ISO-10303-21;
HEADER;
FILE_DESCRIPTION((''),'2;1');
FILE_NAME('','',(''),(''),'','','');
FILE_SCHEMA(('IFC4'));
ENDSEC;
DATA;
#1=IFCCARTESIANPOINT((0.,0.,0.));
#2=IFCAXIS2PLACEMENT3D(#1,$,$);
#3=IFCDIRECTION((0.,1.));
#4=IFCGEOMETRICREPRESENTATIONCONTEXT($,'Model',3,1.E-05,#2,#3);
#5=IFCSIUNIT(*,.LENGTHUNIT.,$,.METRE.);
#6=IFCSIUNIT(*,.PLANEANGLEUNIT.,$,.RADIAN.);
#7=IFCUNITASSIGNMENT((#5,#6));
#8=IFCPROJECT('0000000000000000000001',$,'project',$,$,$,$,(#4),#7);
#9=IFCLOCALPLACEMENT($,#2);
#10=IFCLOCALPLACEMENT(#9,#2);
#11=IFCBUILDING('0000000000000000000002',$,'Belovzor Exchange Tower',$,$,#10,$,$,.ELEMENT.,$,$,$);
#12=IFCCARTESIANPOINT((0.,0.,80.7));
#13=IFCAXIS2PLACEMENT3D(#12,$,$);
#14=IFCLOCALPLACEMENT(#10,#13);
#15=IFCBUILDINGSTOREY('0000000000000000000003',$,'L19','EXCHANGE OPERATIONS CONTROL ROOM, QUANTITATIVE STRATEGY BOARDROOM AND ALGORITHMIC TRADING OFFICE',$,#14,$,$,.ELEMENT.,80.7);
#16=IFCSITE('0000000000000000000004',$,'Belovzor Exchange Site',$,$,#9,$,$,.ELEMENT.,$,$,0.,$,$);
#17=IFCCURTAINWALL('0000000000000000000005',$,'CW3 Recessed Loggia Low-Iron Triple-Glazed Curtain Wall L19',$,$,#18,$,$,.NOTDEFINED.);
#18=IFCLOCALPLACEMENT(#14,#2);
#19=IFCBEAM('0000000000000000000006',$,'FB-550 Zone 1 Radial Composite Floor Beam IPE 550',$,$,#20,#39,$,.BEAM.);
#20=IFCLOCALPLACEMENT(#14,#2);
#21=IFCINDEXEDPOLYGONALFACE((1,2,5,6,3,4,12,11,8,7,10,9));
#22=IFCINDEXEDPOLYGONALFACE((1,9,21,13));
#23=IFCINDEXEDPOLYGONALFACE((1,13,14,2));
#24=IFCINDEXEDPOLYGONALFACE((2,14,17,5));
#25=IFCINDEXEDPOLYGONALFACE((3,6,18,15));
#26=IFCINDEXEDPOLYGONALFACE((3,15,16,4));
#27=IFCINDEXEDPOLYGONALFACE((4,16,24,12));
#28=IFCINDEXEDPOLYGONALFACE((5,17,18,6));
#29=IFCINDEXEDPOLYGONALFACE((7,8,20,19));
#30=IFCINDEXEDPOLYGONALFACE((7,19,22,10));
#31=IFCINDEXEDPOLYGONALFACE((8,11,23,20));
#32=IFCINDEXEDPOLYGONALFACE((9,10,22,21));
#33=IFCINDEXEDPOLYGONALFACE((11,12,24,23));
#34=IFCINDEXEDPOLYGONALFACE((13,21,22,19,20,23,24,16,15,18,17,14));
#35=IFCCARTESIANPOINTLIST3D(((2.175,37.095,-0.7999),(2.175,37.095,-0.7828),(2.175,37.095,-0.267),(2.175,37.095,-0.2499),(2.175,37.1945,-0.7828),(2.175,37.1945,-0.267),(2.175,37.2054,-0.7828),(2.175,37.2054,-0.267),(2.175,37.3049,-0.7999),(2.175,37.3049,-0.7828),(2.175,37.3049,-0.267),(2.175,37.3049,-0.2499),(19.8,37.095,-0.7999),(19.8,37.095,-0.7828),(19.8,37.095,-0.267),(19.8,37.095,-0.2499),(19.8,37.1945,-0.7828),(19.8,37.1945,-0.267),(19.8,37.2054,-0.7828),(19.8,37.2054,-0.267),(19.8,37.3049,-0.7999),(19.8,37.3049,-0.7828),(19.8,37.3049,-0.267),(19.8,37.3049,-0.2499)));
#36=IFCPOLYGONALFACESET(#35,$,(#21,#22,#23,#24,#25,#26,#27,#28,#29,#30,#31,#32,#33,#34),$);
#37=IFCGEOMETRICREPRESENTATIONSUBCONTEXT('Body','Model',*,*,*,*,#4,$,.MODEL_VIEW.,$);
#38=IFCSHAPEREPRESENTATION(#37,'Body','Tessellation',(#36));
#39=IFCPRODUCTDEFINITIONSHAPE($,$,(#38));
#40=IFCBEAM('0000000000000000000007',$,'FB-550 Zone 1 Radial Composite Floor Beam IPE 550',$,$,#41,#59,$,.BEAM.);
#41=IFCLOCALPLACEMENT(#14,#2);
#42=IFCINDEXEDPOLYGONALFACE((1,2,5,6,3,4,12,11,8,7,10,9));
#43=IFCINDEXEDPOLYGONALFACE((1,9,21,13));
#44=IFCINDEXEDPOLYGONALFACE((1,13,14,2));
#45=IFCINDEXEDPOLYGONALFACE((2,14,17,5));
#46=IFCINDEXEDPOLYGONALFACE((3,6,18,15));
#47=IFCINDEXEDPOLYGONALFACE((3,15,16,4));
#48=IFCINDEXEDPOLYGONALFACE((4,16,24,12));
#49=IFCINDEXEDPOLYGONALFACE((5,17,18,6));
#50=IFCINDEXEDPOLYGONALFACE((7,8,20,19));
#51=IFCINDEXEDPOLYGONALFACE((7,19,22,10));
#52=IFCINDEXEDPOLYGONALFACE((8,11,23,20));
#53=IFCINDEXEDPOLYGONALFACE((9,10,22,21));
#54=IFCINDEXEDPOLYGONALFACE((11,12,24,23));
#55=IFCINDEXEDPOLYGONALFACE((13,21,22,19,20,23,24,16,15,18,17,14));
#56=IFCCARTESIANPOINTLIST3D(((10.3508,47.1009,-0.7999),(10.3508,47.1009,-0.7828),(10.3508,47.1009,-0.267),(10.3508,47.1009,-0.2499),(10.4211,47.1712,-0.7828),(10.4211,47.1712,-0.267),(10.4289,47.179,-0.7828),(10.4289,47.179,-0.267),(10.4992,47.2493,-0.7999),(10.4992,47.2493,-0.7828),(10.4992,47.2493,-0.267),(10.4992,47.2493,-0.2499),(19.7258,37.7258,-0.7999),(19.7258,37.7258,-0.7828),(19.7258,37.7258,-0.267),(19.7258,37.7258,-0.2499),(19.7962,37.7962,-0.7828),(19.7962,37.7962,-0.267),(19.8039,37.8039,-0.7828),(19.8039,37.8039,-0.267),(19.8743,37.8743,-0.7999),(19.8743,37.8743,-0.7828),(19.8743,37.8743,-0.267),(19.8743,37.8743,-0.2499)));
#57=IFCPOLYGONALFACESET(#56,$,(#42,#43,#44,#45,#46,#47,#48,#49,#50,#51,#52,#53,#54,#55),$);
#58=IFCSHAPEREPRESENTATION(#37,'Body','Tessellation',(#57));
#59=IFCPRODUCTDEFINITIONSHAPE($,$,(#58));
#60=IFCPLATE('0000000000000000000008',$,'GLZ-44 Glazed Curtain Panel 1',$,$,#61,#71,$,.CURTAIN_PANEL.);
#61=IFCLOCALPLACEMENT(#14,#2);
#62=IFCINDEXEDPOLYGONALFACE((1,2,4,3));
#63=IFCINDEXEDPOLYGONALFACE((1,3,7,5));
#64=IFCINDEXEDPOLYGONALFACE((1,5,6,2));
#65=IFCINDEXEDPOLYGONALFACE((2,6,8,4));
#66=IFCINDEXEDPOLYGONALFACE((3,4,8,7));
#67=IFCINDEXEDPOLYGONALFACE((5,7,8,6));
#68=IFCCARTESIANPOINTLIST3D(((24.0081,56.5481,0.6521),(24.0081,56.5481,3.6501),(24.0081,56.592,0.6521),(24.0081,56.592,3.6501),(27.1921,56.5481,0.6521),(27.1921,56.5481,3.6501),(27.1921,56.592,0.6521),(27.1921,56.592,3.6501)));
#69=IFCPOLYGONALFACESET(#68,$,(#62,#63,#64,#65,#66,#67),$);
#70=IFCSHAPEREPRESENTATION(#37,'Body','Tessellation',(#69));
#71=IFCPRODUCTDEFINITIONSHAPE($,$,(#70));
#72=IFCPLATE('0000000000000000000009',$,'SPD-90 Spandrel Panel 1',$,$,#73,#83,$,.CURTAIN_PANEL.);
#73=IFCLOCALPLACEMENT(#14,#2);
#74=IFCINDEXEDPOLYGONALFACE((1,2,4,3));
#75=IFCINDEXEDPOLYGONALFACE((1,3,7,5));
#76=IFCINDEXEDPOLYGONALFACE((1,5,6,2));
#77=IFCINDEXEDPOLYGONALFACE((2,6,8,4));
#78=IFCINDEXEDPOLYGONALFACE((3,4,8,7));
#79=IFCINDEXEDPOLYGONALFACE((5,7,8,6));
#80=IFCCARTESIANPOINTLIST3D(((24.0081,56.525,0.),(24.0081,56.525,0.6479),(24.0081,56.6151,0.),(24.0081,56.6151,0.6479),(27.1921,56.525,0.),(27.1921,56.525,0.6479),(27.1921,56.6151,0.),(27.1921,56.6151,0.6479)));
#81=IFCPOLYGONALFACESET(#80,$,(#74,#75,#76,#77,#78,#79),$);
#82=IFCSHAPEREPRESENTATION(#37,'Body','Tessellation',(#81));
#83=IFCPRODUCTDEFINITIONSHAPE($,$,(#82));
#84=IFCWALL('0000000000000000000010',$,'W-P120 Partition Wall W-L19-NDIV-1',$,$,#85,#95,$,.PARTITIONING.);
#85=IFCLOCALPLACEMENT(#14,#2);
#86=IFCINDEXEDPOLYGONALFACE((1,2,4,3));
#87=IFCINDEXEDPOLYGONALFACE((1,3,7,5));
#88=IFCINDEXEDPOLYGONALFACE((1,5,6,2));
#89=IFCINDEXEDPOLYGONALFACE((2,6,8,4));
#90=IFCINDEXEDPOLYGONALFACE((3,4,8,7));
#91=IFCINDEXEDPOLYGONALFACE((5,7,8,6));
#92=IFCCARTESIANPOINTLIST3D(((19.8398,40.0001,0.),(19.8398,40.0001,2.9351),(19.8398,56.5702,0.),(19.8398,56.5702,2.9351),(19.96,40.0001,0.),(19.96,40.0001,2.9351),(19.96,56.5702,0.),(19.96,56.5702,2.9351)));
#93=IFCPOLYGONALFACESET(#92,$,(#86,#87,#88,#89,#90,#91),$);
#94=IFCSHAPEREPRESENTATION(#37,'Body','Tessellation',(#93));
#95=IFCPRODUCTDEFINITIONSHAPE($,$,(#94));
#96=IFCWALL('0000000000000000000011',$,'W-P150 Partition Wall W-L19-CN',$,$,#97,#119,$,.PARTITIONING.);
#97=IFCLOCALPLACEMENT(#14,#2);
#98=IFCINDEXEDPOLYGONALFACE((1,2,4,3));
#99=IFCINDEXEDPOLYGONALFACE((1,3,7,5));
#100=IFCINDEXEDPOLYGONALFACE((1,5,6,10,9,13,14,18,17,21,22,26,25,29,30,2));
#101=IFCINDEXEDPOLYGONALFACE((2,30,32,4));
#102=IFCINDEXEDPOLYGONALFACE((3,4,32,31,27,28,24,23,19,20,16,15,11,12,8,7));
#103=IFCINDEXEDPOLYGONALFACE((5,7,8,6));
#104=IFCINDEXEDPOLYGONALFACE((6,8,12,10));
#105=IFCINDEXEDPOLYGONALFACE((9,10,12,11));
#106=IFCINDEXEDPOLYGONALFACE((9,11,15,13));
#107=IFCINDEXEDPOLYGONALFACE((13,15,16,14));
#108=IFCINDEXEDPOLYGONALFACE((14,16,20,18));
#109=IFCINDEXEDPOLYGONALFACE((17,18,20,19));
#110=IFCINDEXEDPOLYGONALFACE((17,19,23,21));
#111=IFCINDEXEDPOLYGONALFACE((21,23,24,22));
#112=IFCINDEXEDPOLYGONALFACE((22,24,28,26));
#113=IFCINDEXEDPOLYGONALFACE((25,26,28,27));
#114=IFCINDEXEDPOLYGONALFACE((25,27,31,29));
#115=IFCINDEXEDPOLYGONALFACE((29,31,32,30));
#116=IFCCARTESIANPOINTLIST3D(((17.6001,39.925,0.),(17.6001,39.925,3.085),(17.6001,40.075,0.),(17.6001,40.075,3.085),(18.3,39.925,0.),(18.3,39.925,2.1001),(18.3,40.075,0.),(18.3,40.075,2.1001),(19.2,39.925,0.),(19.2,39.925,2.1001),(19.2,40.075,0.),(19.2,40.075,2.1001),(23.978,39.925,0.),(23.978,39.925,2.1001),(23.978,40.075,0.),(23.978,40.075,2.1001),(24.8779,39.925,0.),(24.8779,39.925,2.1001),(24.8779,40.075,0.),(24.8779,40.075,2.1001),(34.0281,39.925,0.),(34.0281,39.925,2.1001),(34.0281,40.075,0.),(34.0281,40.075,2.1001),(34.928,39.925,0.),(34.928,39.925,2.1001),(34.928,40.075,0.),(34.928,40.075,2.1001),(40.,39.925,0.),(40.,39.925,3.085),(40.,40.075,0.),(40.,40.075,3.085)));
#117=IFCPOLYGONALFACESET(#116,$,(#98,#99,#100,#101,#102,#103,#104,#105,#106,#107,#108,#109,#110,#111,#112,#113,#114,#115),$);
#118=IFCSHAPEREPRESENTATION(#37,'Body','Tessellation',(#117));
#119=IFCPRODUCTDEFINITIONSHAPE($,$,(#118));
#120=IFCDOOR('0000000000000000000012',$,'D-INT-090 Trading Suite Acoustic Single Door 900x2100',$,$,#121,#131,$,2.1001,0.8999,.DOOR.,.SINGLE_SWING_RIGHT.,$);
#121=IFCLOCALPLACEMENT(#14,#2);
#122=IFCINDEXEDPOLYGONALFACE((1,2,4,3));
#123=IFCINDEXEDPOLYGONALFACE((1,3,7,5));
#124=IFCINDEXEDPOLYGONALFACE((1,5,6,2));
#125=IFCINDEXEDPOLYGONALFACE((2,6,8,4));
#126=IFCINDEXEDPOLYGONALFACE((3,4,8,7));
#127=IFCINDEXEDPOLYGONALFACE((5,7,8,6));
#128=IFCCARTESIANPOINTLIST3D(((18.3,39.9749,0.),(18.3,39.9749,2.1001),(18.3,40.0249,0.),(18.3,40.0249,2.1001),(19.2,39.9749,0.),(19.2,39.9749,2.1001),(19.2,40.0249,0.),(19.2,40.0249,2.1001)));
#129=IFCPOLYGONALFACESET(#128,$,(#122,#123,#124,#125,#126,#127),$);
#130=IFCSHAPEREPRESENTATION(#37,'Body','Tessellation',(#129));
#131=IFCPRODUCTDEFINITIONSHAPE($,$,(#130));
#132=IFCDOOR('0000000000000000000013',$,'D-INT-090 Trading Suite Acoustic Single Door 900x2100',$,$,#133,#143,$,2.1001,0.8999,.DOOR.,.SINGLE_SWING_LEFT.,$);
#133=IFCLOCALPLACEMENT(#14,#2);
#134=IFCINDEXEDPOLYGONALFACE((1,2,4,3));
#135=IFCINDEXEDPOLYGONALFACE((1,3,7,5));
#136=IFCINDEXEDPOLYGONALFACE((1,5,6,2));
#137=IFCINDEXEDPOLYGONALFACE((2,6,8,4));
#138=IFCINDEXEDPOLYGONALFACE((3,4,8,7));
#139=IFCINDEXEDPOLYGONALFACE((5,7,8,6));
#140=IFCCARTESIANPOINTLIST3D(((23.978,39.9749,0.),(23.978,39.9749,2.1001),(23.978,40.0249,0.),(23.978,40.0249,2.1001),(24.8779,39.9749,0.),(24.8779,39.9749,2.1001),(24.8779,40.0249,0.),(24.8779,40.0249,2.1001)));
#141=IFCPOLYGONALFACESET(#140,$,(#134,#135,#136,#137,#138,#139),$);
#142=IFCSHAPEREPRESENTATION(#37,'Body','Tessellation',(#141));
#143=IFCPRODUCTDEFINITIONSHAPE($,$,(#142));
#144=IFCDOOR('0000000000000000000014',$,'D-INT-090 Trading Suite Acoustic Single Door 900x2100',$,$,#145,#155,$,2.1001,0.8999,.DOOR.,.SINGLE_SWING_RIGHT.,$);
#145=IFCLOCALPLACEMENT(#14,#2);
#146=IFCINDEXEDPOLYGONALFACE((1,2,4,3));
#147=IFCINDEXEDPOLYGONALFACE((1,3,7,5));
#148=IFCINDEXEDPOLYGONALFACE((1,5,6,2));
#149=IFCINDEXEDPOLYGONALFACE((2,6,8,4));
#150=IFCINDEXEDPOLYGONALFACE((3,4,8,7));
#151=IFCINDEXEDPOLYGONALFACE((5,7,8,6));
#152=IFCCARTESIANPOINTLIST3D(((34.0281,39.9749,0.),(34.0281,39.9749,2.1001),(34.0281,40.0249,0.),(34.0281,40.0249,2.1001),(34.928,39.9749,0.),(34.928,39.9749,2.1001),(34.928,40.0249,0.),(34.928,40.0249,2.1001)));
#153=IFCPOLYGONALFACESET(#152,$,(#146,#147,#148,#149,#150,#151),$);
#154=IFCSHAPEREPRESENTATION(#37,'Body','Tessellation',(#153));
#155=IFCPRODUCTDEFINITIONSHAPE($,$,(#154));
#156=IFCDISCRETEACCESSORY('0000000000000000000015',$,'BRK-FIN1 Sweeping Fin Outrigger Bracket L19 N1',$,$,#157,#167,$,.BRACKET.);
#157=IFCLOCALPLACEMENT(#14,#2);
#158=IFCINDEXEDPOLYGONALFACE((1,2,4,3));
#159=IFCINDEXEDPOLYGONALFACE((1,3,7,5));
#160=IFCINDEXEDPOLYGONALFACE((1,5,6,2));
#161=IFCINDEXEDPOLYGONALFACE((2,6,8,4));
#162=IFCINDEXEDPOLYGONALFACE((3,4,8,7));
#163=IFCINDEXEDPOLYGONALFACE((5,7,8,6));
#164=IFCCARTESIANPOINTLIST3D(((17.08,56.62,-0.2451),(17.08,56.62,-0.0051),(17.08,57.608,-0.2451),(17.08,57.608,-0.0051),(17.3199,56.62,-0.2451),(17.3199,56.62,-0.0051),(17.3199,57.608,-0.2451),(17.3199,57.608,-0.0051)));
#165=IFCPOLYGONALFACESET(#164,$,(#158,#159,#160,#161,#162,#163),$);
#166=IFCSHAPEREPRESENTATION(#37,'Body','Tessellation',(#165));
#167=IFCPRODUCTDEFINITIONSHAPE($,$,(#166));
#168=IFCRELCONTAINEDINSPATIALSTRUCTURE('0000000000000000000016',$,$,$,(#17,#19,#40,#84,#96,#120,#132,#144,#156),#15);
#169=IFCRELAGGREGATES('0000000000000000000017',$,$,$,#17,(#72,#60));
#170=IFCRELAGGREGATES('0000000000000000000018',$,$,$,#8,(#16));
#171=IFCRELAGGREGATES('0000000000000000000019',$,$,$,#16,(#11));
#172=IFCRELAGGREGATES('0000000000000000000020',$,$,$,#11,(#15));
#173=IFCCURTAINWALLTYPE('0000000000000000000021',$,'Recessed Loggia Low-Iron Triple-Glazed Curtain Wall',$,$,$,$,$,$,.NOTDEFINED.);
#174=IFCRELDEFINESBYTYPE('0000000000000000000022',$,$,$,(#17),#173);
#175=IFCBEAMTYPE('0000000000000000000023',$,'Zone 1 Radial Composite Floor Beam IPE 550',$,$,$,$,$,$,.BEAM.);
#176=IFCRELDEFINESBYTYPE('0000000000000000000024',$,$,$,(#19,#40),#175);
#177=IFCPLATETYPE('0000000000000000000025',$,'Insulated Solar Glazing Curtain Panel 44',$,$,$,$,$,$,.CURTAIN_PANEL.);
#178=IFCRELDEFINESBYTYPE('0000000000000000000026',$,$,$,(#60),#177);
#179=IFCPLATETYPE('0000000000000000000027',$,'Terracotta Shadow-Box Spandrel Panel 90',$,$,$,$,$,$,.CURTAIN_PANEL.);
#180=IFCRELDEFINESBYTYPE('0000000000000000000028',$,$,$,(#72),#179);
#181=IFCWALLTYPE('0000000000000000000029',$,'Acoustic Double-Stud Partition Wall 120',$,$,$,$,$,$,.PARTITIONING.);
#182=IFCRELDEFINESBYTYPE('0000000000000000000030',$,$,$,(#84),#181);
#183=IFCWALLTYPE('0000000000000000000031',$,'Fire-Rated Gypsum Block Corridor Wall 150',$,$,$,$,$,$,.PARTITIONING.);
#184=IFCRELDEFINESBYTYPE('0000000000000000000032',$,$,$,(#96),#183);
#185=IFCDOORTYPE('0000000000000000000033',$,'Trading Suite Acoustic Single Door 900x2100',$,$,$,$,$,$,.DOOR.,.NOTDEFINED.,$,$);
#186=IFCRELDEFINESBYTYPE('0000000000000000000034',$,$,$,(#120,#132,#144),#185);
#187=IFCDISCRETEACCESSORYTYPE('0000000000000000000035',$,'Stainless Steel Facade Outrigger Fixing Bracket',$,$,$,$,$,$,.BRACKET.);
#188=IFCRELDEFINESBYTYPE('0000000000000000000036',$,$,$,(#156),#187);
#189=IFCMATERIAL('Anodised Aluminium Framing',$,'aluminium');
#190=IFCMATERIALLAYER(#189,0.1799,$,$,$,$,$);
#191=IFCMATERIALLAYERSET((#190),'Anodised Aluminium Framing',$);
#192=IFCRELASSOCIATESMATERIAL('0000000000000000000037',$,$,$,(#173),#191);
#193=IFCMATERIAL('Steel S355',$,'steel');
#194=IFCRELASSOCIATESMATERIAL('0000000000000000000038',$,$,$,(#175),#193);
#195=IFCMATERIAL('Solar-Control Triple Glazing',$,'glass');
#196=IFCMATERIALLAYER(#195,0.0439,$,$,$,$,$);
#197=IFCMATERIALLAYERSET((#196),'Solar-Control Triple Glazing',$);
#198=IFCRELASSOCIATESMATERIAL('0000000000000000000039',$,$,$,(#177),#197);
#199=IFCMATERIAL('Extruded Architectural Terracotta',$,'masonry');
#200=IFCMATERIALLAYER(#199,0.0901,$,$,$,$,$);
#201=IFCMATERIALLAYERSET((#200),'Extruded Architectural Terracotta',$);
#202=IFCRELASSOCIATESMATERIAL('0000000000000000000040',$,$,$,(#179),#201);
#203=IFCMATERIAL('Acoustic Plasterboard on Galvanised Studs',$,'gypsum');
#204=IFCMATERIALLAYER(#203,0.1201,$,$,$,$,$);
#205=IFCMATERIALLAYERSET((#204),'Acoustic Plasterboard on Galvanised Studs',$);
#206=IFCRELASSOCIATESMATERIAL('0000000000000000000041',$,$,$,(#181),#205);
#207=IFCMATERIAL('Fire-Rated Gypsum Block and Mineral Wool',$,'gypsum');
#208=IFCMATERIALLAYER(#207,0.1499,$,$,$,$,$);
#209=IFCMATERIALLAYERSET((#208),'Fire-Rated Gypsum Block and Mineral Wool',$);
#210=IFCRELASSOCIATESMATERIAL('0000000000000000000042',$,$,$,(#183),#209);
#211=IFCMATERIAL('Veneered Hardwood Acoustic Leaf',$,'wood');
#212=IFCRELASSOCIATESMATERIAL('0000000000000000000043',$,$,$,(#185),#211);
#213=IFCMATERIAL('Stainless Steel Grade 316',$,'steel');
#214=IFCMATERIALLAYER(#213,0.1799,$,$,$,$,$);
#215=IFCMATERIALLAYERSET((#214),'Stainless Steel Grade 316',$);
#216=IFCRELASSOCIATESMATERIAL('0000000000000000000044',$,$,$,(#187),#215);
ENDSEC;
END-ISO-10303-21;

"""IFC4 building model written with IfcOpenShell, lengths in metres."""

from ifc_helpers import new_model, si_unit, direction, frame, frame_2d, origin, origin_2d, place, context, subcontext, project, spatial, rectangle, i_section, extrude, material, layer, layer_set, material_profile, profile_set, type_object, element, fill, aggregate, save


model = new_model("IFC4")

# Units and contexts
model_context = context("Model", 3, precision=1e-05, world=origin(), true_north=direction((0.0, 1.0)))
body_context = subcontext(model_context, "Body", "Model", "MODEL_VIEW")
ifc_project = project(units=[si_unit("LENGTHUNIT", "METRE"), si_unit("PLANEANGLEUNIT", "RADIAN")], contexts=[model_context])

# Site, building, storey
site_placement = place(None, origin())
site = spatial("IfcSite", under=ifc_project, at=site_placement, Name="Belovzor Exchange Site", CompositionType="ELEMENT", RefElevation=0.0)
building_placement = place(site_placement, origin())
building = spatial("IfcBuilding", under=site, at=building_placement, Name="Belovzor Exchange Tower", CompositionType="ELEMENT")
storey_placement = place(building_placement, frame((0.0, 0.0, 80.7)))
storey = spatial("IfcBuildingStorey", under=building, at=storey_placement, Name="L19", Description="EXCHANGE OPERATIONS CONTROL ROOM, QUANTITATIVE STRATEGY BOARDROOM AND ALGORITHMIC TRADING OFFICE", CompositionType="ELEMENT", Elevation=80.7)

# Curtain wall
ifc_material_1 = material(Name="Anodised Aluminium Framing", Category="aluminium")
ifc_layer_1 = layer(ifc_material_1, 0.1799)
ifc_layer_set_1 = layer_set([ifc_layer_1], Name="Anodised Aluminium Framing")
curtain_wall_type = type_object("IfcCurtainWallType", Name="Recessed Loggia Low-Iron Triple-Glazed Curtain Wall", PredefinedType="NOTDEFINED", material=ifc_layer_set_1)
curtain_wall_placement = place(storey_placement, origin())
curtain_wall = element("IfcCurtainWall", 1, at=curtain_wall_placement, inside=storey, type_object=curtain_wall_type, Name="CW3 Recessed Loggia Low-Iron Triple-Glazed Curtain Wall L19", PredefinedType="NOTDEFINED")

# Beams
ifc_material_2 = material(Name="Steel S355", Category="steel")
ifc_material_profile_1 = material_profile(ifc_material_2, i_section(OverallWidth=0.21, OverallDepth=0.55, WebThickness=0.011, FlangeThickness=0.0171, at=origin_2d()))
ifc_profile_set_1 = profile_set([ifc_material_profile_1], Name="Steel S355")
beam_type_1 = type_object("IfcBeamType", Name="Zone 1 Radial Composite Floor Beam IPE 550", PredefinedType="BEAM", material=ifc_profile_set_1)
for number, where, z_axis, x_axis, name in (
    (2, (19.8, 37.2, -0.5249), (-1.0, 0.0, 0.0), (0.0, -1.0, 0.0), "FB-550 Zone 1 Radial Composite Floor Beam IPE 550"),
):
    element("IfcBeam", number, at=place(storey_placement, frame(where, z_axis=z_axis, x_axis=x_axis)), inside=storey, type_object=beam_type_1, Name=name, PredefinedType="BEAM", context=body_context, shape_type="SweptSolid", body=[
        extrude(i_section(OverallWidth=0.21, OverallDepth=0.55, WebThickness=0.011, FlangeThickness=0.0171, at=origin_2d()), origin(), (0.0, 0.0, 1.0), 17.625),
    ])
beam_1_placement = place(storey_placement, frame((19.8, 37.8, -0.5249), z_axis=(-0.707107, 0.707107, 0.0), x_axis=(-0.707107, -0.707107, 0.0)))
element("IfcBeam", 3, at=beam_1_placement, inside=storey, type_object=beam_type_1, Name="FB-550 Zone 1 Radial Composite Floor Beam IPE 550", PredefinedType="BEAM", context=body_context, shape_type="SweptSolid", body=[
    extrude(i_section(OverallWidth=0.21, OverallDepth=0.55, WebThickness=0.011, FlangeThickness=0.0171, at=origin_2d()), origin(), (0.0, 0.0, 1.0), 13.2583),
])

# Plates
ifc_material_3 = material(Name="Solar-Control Triple Glazing", Category="glass")
ifc_layer_2 = layer(ifc_material_3, 0.0439)
ifc_layer_set_2 = layer_set([ifc_layer_2], Name="Solar-Control Triple Glazing")
plate_type_1 = type_object("IfcPlateType", Name="Insulated Solar Glazing Curtain Panel 44", PredefinedType="CURTAIN_PANEL", material=ifc_layer_set_2)
plate_1_placement = place(storey_placement, frame((25.6001, 56.5701, 0.6521), z_axis=(0.0, 0.0, 1.0), x_axis=(1.0, 0.0, 0.0)))
plate_1 = element("IfcPlate", 4, at=plate_1_placement, type_object=plate_type_1, Name="GLZ-44 Glazed Curtain Panel 1", PredefinedType="CURTAIN_PANEL", context=body_context, shape_type="SweptSolid", body=[
    extrude(rectangle(XDim=3.1841, YDim=0.0439, at=origin_2d()), origin(), (0.0, 0.0, 1.0), 2.998),
])
ifc_material_4 = material(Name="Extruded Architectural Terracotta", Category="masonry")
ifc_layer_3 = layer(ifc_material_4, 0.0901)
ifc_layer_set_3 = layer_set([ifc_layer_3], Name="Extruded Architectural Terracotta")
plate_type_2 = type_object("IfcPlateType", Name="Terracotta Shadow-Box Spandrel Panel 90", PredefinedType="CURTAIN_PANEL", material=ifc_layer_set_3)
plate_2_placement = place(storey_placement, frame((25.6001, 56.5701, 0.0), z_axis=(0.0, 0.0, 1.0), x_axis=(1.0, 0.0, 0.0)))
plate_2 = element("IfcPlate", 5, at=plate_2_placement, type_object=plate_type_2, Name="SPD-90 Spandrel Panel 1", PredefinedType="CURTAIN_PANEL", context=body_context, shape_type="SweptSolid", body=[
    extrude(rectangle(XDim=3.1841, YDim=0.0901, at=origin_2d()), origin(), (0.0, 0.0, 1.0), 0.6479),
])
aggregate(curtain_wall, [plate_2, plate_1])

# Wall
ifc_material_5 = material(Name="Acoustic Plasterboard on Galvanised Studs", Category="gypsum")
ifc_layer_4 = layer(ifc_material_5, 0.1201)
ifc_layer_set_4 = layer_set([ifc_layer_4], Name="Acoustic Plasterboard on Galvanised Studs")
wall_type_1 = type_object("IfcWallType", Name="Acoustic Double-Stud Partition Wall 120", PredefinedType="PARTITIONING", material=ifc_layer_set_4)
wall_1_placement = place(storey_placement, frame((19.8999, 40.0, 0.0), z_axis=(0.0, 0.0, 1.0), x_axis=(0.0, 1.0, 0.0)))
element("IfcWall", 6, at=wall_1_placement, inside=storey, type_object=wall_type_1, Name="W-P120 Partition Wall W-L19-NDIV-1", PredefinedType="PARTITIONING", context=body_context, shape_type="SweptSolid", body=[
    extrude(rectangle(XDim=16.5701, YDim=0.1201, at=frame_2d((8.2852, 0.0))), origin(), (0.0, 0.0, 1.0), 2.9351),
])

# Wall, openings, doors
ifc_material_6 = material(Name="Fire-Rated Gypsum Block and Mineral Wool", Category="gypsum")
ifc_layer_5 = layer(ifc_material_6, 0.1499)
ifc_layer_set_5 = layer_set([ifc_layer_5], Name="Fire-Rated Gypsum Block and Mineral Wool")
wall_type_2 = type_object("IfcWallType", Name="Fire-Rated Gypsum Block Corridor Wall 150", PredefinedType="PARTITIONING", material=ifc_layer_set_5)
wall_2_placement = place(storey_placement, frame((17.6001, 40.0, 0.0), z_axis=(0.0, 0.0, 1.0), x_axis=(1.0, 0.0, 0.0)))
wall_2 = element("IfcWall", 7, at=wall_2_placement, inside=storey, type_object=wall_type_2, Name="W-P150 Partition Wall W-L19-CN", PredefinedType="PARTITIONING", context=body_context, shape_type="SweptSolid", body=[
    extrude(rectangle(XDim=22.3999, YDim=0.1499, at=frame_2d((11.2, 0.0))), origin(), (0.0, 0.0, 1.0), 3.085),
])
opening_1_placement = place(wall_2_placement, frame((0.7, 0.0, 0.0)))
opening_1 = element("IfcOpeningElement", 8, at=opening_1_placement, cuts=wall_2, PredefinedType="OPENING", context=body_context, shape_type="SweptSolid", body=[
    extrude(rectangle(XDim=0.8999, YDim=2.1001, at=frame_2d((0.45, 1.05))), frame((0.0, 0.085, 0.0), z_axis=(0.0, -1.0, 0.0), x_axis=(1.0, 0.0, 0.0)), (0.0, 0.0, 1.0), 0.1699),
])
opening_2_placement = place(wall_2_placement, frame((6.3779, 0.0, 0.0)))
opening_2 = element("IfcOpeningElement", 9, at=opening_2_placement, cuts=wall_2, PredefinedType="OPENING", context=body_context, shape_type="SweptSolid", body=[
    extrude(rectangle(XDim=0.8999, YDim=2.1001, at=frame_2d((0.45, 1.05))), frame((0.0, 0.085, 0.0), z_axis=(0.0, -1.0, 0.0), x_axis=(1.0, 0.0, 0.0)), (0.0, 0.0, 1.0), 0.1699),
])
opening_3_placement = place(wall_2_placement, frame((16.428, 0.0, 0.0)))
opening_3 = element("IfcOpeningElement", 10, at=opening_3_placement, cuts=wall_2, PredefinedType="OPENING", context=body_context, shape_type="SweptSolid", body=[
    extrude(rectangle(XDim=0.8999, YDim=2.1001, at=frame_2d((0.45, 1.05))), frame((0.0, 0.085, 0.0), z_axis=(0.0, -1.0, 0.0), x_axis=(1.0, 0.0, 0.0)), (0.0, 0.0, 1.0), 0.1699),
])
ifc_material_7 = material(Name="Veneered Hardwood Acoustic Leaf", Category="wood")
door_type_1 = type_object("IfcDoorType", Name="Trading Suite Acoustic Single Door 900x2100", OperationType="NOTDEFINED", PredefinedType="DOOR", material=ifc_material_7)
door_1_placement = place(opening_1_placement, origin())
door_1 = element("IfcDoor", 11, at=door_1_placement, inside=storey, type_object=door_type_1, Name="D-INT-090 Trading Suite Acoustic Single Door 900x2100", OperationType="SINGLE_SWING_RIGHT", OverallHeight=2.1001, OverallWidth=0.8999, PredefinedType="DOOR", context=body_context, shape_type="SweptSolid", body=[
    extrude(rectangle(XDim=0.8999, YDim=2.1001, at=frame_2d((0.45, 1.05))), frame((0.0, 0.0249, 0.0), z_axis=(0.0, -1.0, 0.0), x_axis=(1.0, 0.0, 0.0)), (0.0, 0.0, 1.0), 0.05),
])
fill(opening_1, door_1)
door_2_placement = place(opening_2_placement, origin())
door_2 = element("IfcDoor", 12, at=door_2_placement, inside=storey, type_object=door_type_1, Name="D-INT-090 Trading Suite Acoustic Single Door 900x2100", OperationType="SINGLE_SWING_LEFT", OverallHeight=2.1001, OverallWidth=0.8999, PredefinedType="DOOR", context=body_context, shape_type="SweptSolid", body=[
    extrude(rectangle(XDim=0.8999, YDim=2.1001, at=frame_2d((0.45, 1.05))), frame((0.0, 0.0249, 0.0), z_axis=(0.0, -1.0, 0.0), x_axis=(1.0, 0.0, 0.0)), (0.0, 0.0, 1.0), 0.05),
])
fill(opening_2, door_2)
door_3_placement = place(opening_3_placement, origin())
door_3 = element("IfcDoor", 13, at=door_3_placement, inside=storey, type_object=door_type_1, Name="D-INT-090 Trading Suite Acoustic Single Door 900x2100", OperationType="SINGLE_SWING_RIGHT", OverallHeight=2.1001, OverallWidth=0.8999, PredefinedType="DOOR", context=body_context, shape_type="SweptSolid", body=[
    extrude(rectangle(XDim=0.8999, YDim=2.1001, at=frame_2d((0.45, 1.05))), frame((0.0, 0.0249, 0.0), z_axis=(0.0, -1.0, 0.0), x_axis=(1.0, 0.0, 0.0)), (0.0, 0.0, 1.0), 0.05),
])
fill(opening_3, door_3)

# Discrete accessory
ifc_material_8 = material(Name="Stainless Steel Grade 316", Category="steel")
ifc_layer_6 = layer(ifc_material_8, 0.1799)
ifc_layer_set_6 = layer_set([ifc_layer_6], Name="Stainless Steel Grade 316")
discrete_accessory_type = type_object("IfcDiscreteAccessoryType", Name="Stainless Steel Facade Outrigger Fixing Bracket", PredefinedType="BRACKET", material=ifc_layer_set_6)
for number, where, z_axis, x_axis, name in (
    (14, (17.2, 57.114, -0.2451), (0.0, 0.0, 1.0), (0.0, 1.0, 0.0), "BRK-FIN1 Sweeping Fin Outrigger Bracket L19 N1"),
):
    element("IfcDiscreteAccessory", number, at=place(storey_placement, frame(where, z_axis=z_axis, x_axis=x_axis)), inside=storey, type_object=discrete_accessory_type, Name=name, PredefinedType="BRACKET", context=body_context, shape_type="SweptSolid", body=[
        extrude(rectangle(XDim=0.988, YDim=0.24, at=origin_2d()), origin(), (0.0, 0.0, 1.0), 0.24),
    ])

save(model, "model.ifc")
